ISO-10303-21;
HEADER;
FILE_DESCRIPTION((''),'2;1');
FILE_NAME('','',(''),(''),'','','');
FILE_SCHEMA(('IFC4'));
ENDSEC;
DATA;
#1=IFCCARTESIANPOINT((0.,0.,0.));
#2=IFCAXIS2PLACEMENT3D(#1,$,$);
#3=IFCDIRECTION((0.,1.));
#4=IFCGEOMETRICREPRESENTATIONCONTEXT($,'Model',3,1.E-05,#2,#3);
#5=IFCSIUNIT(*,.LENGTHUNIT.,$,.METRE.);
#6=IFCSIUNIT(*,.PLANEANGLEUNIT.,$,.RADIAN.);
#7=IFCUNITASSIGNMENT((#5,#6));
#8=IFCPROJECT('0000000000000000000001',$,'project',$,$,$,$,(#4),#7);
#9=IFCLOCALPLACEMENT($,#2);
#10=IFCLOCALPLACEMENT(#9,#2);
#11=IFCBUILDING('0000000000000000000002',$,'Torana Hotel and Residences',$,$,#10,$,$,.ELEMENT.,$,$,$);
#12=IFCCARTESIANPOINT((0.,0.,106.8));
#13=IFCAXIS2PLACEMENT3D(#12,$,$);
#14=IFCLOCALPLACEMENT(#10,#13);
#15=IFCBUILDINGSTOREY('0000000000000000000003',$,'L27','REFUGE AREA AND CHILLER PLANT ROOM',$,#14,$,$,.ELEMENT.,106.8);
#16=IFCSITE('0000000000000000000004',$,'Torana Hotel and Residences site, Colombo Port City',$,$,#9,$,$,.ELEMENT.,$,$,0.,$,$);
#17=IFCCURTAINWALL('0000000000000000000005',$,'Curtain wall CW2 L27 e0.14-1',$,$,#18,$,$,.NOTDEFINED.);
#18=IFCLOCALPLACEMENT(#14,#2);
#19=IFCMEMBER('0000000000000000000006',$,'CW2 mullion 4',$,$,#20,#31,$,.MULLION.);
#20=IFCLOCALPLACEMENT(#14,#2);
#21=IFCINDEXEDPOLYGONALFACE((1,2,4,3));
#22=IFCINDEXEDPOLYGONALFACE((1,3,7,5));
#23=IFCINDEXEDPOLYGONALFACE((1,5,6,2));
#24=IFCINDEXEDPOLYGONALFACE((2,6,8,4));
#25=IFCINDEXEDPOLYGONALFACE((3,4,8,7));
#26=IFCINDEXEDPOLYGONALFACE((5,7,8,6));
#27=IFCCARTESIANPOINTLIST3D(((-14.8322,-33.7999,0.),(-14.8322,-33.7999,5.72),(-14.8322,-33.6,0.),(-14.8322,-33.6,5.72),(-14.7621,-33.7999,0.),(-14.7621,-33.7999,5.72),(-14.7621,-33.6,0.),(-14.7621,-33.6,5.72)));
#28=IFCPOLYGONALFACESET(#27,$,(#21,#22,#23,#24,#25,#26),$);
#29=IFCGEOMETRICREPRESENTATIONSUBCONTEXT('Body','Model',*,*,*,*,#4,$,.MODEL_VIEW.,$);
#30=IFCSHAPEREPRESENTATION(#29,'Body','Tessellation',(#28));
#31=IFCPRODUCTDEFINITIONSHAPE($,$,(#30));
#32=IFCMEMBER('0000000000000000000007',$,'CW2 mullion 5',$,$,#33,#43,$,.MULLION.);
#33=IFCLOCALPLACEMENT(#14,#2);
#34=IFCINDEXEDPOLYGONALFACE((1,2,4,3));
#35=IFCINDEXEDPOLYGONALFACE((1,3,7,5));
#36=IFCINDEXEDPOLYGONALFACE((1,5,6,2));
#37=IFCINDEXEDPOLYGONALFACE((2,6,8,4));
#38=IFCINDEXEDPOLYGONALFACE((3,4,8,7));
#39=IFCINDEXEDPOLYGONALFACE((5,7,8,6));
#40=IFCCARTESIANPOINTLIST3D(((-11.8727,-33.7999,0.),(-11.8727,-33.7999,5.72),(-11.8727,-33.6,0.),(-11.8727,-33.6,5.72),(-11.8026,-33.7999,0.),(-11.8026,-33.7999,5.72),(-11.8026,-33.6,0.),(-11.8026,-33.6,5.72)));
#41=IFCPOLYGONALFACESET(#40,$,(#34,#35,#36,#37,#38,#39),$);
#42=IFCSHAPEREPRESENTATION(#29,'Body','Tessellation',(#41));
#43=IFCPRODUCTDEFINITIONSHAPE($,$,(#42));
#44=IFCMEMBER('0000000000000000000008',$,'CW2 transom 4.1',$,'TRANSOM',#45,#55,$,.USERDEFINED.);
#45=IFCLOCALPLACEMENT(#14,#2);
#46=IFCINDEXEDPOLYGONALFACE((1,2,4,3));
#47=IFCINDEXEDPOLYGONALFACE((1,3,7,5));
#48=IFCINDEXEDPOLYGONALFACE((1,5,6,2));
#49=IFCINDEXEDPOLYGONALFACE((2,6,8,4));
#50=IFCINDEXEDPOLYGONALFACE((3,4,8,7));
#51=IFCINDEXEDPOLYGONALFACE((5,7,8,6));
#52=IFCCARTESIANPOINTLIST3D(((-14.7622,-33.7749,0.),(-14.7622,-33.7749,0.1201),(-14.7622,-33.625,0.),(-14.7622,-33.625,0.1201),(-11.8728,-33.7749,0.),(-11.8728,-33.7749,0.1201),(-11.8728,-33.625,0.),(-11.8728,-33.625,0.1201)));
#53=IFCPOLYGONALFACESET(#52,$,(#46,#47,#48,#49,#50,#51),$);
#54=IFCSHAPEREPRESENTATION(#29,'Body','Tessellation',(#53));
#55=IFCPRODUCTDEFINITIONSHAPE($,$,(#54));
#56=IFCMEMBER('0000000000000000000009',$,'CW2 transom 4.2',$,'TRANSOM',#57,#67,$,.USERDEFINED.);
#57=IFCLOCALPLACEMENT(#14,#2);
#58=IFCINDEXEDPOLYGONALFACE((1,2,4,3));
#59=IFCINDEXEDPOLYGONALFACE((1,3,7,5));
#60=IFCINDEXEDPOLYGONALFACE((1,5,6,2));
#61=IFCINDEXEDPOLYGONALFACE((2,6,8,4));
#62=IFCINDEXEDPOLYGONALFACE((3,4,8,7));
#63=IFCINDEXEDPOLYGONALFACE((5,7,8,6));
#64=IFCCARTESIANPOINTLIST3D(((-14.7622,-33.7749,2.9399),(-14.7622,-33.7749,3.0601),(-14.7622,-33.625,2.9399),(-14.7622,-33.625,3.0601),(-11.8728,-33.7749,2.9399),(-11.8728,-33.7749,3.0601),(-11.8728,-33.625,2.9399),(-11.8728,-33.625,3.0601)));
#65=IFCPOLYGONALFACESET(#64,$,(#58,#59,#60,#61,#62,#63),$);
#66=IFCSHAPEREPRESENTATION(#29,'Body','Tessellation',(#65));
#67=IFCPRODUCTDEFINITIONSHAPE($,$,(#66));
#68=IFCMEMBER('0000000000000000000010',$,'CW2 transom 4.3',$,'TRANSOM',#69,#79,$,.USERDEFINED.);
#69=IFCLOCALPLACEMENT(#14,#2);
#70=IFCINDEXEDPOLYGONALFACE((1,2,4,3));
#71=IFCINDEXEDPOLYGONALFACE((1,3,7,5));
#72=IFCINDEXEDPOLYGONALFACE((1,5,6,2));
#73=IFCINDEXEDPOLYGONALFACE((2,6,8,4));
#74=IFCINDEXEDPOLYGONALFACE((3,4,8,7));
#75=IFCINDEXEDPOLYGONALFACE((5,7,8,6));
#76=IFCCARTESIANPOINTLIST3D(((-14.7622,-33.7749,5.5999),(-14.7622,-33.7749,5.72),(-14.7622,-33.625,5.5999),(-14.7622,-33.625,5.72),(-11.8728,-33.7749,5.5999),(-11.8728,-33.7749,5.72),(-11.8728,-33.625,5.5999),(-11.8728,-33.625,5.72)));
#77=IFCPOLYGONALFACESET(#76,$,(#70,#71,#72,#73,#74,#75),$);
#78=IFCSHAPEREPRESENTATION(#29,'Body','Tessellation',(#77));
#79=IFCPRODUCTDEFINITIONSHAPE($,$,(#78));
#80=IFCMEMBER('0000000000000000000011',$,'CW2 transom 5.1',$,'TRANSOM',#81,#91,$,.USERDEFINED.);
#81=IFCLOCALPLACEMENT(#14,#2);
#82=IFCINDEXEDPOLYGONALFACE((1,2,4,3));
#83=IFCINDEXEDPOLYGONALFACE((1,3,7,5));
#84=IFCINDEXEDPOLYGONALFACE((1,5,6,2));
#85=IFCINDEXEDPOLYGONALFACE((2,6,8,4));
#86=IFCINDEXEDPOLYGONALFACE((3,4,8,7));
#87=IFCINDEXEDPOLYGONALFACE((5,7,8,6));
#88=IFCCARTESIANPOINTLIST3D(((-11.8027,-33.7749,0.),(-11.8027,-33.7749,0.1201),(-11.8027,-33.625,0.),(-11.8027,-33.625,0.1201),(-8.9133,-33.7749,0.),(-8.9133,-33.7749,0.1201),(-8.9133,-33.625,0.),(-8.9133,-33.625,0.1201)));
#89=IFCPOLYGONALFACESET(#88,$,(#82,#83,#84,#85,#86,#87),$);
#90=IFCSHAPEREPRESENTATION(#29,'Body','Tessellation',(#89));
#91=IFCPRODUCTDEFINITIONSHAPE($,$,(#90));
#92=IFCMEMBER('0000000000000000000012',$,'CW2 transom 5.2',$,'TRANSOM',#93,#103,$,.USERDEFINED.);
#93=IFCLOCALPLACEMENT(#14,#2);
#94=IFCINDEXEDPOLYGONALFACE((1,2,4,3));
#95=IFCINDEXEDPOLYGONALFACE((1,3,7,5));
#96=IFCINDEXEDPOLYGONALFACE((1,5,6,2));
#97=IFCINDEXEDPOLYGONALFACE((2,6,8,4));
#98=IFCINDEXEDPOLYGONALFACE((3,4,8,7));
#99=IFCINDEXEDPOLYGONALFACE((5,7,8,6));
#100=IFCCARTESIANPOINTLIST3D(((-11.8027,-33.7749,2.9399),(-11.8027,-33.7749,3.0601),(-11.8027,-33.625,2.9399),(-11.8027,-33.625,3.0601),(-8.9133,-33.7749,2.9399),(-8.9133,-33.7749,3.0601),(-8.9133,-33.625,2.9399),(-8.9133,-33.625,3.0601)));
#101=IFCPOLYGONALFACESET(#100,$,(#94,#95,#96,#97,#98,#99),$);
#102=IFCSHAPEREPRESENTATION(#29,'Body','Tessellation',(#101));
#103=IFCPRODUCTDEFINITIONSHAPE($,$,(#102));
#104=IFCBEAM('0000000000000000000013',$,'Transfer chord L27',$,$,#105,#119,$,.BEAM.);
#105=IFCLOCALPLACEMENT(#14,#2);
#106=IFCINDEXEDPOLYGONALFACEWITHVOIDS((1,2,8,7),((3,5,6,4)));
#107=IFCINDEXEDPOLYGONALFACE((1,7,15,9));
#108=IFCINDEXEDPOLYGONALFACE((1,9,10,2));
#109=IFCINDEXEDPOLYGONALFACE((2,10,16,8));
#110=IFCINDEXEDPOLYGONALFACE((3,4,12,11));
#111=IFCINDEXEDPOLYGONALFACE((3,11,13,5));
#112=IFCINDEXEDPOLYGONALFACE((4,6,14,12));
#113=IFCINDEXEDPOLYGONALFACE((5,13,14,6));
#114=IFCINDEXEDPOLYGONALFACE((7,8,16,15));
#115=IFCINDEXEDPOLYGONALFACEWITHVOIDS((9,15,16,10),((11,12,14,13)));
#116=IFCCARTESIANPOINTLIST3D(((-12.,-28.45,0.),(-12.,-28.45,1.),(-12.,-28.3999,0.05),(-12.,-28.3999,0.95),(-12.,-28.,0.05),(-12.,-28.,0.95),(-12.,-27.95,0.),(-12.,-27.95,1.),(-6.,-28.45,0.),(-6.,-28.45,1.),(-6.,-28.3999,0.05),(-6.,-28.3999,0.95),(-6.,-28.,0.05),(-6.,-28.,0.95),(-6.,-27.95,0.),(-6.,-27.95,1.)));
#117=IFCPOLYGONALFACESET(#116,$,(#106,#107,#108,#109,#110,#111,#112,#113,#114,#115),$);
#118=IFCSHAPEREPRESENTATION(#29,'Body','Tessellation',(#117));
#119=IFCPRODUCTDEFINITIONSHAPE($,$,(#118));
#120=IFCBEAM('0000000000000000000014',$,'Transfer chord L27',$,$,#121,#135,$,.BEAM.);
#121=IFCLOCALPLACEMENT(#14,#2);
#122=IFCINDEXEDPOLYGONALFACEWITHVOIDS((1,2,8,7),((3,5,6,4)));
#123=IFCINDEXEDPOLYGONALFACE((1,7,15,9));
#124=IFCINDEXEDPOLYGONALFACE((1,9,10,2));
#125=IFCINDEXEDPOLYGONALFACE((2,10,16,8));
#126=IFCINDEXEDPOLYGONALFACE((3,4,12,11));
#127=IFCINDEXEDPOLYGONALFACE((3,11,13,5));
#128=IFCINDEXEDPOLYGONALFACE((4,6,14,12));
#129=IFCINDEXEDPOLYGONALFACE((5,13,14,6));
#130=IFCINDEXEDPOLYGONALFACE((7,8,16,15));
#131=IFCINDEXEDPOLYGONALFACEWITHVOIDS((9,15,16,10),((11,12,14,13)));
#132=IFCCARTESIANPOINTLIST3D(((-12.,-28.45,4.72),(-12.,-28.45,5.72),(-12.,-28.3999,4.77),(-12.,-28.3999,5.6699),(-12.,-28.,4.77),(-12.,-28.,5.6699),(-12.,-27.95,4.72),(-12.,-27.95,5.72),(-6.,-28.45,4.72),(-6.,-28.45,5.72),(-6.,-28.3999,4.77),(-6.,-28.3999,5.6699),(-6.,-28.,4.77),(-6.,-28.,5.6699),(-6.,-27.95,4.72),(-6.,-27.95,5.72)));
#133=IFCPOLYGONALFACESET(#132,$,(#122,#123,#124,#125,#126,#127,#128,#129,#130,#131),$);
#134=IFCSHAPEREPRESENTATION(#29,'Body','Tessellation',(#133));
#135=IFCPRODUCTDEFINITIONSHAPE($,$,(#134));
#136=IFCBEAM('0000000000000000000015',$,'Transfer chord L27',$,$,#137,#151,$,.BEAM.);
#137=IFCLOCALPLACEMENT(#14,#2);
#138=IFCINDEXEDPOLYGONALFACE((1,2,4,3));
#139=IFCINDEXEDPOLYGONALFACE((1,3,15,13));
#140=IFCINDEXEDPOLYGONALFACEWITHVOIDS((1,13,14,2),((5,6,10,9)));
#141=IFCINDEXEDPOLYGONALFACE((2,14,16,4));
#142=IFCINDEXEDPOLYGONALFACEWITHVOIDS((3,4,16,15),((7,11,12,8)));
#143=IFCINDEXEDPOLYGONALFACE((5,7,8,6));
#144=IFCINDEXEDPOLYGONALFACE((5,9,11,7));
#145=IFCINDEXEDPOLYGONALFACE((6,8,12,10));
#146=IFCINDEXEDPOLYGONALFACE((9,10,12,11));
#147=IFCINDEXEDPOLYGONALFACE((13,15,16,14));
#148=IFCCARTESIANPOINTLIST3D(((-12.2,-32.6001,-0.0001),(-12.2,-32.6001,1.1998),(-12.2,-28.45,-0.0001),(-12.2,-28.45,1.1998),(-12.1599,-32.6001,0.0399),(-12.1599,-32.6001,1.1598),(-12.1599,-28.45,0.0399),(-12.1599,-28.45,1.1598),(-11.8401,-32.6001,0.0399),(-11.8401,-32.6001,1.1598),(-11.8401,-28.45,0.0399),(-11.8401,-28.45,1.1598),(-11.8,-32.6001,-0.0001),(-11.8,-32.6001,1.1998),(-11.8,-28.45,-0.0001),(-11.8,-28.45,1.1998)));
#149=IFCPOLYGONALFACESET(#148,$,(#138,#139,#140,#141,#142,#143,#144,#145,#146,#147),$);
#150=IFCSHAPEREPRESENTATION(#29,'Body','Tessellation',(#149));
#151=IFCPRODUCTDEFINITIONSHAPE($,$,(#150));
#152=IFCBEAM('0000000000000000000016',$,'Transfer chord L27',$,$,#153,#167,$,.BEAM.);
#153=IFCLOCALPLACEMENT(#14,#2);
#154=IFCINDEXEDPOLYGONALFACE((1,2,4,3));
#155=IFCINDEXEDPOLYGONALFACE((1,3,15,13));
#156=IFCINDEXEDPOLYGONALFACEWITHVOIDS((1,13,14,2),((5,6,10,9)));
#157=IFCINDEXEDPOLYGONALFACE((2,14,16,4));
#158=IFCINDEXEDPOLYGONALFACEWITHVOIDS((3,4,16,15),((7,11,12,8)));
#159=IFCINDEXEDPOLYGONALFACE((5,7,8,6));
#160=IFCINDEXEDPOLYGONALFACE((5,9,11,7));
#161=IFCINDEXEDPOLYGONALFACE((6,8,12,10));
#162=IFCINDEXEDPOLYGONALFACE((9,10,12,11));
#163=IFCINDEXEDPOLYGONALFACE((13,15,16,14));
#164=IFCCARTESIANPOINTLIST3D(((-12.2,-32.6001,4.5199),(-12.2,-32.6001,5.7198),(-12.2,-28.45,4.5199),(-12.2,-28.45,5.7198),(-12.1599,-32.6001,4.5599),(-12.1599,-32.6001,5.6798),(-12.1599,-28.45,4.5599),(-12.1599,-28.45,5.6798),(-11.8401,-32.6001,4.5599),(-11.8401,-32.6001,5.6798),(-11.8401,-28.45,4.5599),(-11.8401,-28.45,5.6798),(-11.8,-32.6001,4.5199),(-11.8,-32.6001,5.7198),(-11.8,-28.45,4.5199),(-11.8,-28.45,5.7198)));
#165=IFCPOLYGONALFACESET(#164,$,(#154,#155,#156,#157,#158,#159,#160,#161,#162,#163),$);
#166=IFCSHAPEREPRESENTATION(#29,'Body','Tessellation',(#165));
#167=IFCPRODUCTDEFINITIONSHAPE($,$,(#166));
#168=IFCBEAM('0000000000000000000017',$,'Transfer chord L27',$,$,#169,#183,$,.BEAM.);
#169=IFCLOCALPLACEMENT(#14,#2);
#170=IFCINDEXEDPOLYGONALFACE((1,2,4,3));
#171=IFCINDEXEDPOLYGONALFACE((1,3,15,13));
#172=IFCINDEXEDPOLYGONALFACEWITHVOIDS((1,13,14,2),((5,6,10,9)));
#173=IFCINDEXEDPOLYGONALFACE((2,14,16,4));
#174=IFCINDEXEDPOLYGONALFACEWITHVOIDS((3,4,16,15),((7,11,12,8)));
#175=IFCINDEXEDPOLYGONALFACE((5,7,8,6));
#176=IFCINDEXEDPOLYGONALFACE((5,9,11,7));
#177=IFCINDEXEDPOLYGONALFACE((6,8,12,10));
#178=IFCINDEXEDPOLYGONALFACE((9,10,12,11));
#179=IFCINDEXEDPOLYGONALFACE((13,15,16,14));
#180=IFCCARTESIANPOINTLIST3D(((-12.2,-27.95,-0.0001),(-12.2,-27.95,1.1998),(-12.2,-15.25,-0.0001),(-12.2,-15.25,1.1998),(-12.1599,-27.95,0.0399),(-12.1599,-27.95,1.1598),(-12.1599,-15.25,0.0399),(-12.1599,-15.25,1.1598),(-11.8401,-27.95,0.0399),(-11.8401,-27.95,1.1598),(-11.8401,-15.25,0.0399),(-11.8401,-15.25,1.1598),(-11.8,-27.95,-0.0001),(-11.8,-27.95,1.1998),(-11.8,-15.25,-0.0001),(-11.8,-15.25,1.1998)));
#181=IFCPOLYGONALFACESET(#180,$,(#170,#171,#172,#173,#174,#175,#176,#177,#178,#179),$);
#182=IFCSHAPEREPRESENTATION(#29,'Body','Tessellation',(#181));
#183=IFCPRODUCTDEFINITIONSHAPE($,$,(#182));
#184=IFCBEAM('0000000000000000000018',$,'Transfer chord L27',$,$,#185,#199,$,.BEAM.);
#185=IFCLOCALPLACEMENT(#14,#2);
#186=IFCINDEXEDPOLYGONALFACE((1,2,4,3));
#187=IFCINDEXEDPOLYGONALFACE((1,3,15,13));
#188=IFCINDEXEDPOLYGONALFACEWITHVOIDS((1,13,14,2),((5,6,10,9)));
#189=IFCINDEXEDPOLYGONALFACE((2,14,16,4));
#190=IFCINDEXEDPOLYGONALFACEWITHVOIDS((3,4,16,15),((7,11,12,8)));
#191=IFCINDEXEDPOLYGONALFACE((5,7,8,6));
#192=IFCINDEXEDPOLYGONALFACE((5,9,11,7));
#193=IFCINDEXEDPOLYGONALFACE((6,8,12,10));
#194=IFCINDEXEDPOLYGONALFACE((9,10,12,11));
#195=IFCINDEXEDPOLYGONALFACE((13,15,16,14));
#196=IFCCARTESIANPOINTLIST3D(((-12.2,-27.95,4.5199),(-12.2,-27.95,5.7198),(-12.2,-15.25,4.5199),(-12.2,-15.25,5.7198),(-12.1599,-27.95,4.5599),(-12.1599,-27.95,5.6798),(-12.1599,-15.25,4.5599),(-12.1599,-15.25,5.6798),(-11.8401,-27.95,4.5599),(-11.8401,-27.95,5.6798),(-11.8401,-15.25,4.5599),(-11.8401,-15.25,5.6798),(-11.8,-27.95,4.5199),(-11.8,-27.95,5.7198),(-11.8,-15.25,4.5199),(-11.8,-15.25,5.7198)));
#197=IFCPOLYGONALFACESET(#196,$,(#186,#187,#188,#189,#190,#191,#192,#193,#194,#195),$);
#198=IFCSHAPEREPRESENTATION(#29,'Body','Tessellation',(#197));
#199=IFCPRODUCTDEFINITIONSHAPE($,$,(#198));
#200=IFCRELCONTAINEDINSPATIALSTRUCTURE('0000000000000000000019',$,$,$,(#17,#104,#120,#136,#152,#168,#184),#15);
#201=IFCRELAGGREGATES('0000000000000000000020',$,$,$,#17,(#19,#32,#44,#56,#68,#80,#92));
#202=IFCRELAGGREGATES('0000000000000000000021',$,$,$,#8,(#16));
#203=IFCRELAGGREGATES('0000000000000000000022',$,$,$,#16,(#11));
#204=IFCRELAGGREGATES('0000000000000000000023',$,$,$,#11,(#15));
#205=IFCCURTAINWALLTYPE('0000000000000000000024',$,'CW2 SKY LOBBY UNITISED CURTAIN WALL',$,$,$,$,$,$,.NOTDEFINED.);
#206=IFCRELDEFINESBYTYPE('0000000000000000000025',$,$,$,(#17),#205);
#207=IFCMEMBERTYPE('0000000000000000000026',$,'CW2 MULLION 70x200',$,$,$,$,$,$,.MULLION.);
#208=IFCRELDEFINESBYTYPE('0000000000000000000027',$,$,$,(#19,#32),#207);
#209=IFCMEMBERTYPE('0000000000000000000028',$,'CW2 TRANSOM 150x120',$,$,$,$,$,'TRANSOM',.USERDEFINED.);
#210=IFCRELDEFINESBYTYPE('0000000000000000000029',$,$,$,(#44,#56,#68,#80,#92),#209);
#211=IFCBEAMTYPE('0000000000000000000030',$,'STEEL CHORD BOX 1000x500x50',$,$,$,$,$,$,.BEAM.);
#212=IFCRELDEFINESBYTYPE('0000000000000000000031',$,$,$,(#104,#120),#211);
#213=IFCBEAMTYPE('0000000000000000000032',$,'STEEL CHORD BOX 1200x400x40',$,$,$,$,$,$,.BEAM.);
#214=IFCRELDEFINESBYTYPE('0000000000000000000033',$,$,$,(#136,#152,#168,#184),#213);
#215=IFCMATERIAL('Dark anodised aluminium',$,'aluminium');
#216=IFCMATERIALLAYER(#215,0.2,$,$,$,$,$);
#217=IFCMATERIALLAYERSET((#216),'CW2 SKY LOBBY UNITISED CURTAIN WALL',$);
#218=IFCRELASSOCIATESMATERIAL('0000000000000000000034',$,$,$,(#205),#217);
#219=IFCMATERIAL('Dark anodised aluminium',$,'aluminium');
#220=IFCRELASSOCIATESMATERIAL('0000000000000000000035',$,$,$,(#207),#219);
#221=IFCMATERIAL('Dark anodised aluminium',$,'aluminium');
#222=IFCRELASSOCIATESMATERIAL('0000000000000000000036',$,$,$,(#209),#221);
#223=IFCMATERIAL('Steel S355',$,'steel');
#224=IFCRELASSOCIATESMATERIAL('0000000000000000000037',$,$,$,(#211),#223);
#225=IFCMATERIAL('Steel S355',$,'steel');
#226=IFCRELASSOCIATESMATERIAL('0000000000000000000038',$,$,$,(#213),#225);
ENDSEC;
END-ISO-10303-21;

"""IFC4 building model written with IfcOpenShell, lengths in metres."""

from ifc_helpers import new_model, si_unit, direction, frame, origin, origin_2d, place, context, subcontext, project, spatial, rectangle, hollow_rectangle, extrude, material, layer, layer_set, material_profile, profile_set, type_object, element, aggregate, save


model = new_model("IFC4")

# Units and contexts
model_context = context("Model", 3, precision=1e-05, world=origin(), true_north=direction((0.0, 1.0)))
body_context = subcontext(model_context, "Body", "Model", "MODEL_VIEW")
ifc_project = project(units=[si_unit("LENGTHUNIT", "METRE"), si_unit("PLANEANGLEUNIT", "RADIAN")], contexts=[model_context])

# Site, building, storey
site_placement = place(None, origin())
site = spatial("IfcSite", under=ifc_project, at=site_placement, Name="Torana Hotel and Residences site, Colombo Port City", CompositionType="ELEMENT", RefElevation=0.0)
building_placement = place(site_placement, origin())
building = spatial("IfcBuilding", under=site, at=building_placement, Name="Torana Hotel and Residences", CompositionType="ELEMENT")
storey_placement = place(building_placement, frame((0.0, 0.0, 106.8)))
storey = spatial("IfcBuildingStorey", under=building, at=storey_placement, Name="L27", Description="REFUGE AREA AND CHILLER PLANT ROOM", CompositionType="ELEMENT", Elevation=106.8)

# Curtain wall, members
ifc_material_1 = material(Name="Dark anodised aluminium", Category="aluminium")
ifc_layer_1 = layer(ifc_material_1, 0.2)
ifc_layer_set_1 = layer_set([ifc_layer_1], Name="CW2 SKY LOBBY UNITISED CURTAIN WALL")
curtain_wall_type = type_object("IfcCurtainWallType", Name="CW2 SKY LOBBY UNITISED CURTAIN WALL", PredefinedType="NOTDEFINED", material=ifc_layer_set_1)
curtain_wall_placement = place(storey_placement, origin())
curtain_wall = element("IfcCurtainWall", 1, at=curtain_wall_placement, inside=storey, type_object=curtain_wall_type, Name="Curtain wall CW2 L27 e0.14-1", PredefinedType="NOTDEFINED")
ifc_material_2 = material(Name="Dark anodised aluminium", Category="aluminium")
ifc_material_profile_1 = material_profile(ifc_material_2, rectangle(XDim=0.2, YDim=0.0701, at=origin_2d()), Name="CW2 MULLION 70x200")
ifc_profile_set_1 = profile_set([ifc_material_profile_1], Name="Dark anodised aluminium")
member_type_1 = type_object("IfcMemberType", Name="CW2 MULLION 70x200", PredefinedType="MULLION", material=ifc_profile_set_1)
member_1_placement = place(storey_placement, frame((-14.7971, -33.7, 0.0), z_axis=(0.0, 0.0, 1.0), x_axis=(0.0, 1.0, 0.0)))
member_1 = element("IfcMember", 2, at=member_1_placement, type_object=member_type_1, Name="CW2 mullion 4", PredefinedType="MULLION", context=body_context, shape_type="SweptSolid", body=[
    extrude(rectangle(XDim=0.2, YDim=0.0701, at=origin_2d()), origin(), (0.0, 0.0, 1.0), 5.72),
])
member_2_placement = place(storey_placement, frame((-11.8376, -33.7, 0.0), z_axis=(0.0, 0.0, 1.0), x_axis=(0.0, 1.0, 0.0)))
member_2 = element("IfcMember", 3, at=member_2_placement, type_object=member_type_1, Name="CW2 mullion 5", PredefinedType="MULLION", context=body_context, shape_type="SweptSolid", body=[
    extrude(rectangle(XDim=0.2, YDim=0.0701, at=origin_2d()), origin(), (0.0, 0.0, 1.0), 5.72),
])
ifc_material_3 = material(Name="Dark anodised aluminium", Category="aluminium")
ifc_material_profile_2 = material_profile(ifc_material_3, rectangle(XDim=0.1499, YDim=0.1201, at=origin_2d()), Name="CW2 TRANSOM 150x120")
ifc_profile_set_2 = profile_set([ifc_material_profile_2], Name="Dark anodised aluminium")
member_type_2 = type_object("IfcMemberType", Name="CW2 TRANSOM 150x120", ElementType="TRANSOM", PredefinedType="USERDEFINED", material=ifc_profile_set_2)
member_3_placement = place(storey_placement, frame((-14.7622, -33.7, 0.0601), z_axis=(1.0, 0.0, 0.0), x_axis=(0.0, 1.0, 0.0)))
member_3 = element("IfcMember", 4, at=member_3_placement, type_object=member_type_2, Name="CW2 transom 4.1", ObjectType="TRANSOM", PredefinedType="USERDEFINED", context=body_context, shape_type="SweptSolid", body=[
    extrude(rectangle(XDim=0.1499, YDim=0.1201, at=origin_2d()), origin(), (0.0, 0.0, 1.0), 2.8894),
])
member_4_placement = place(storey_placement, frame((-14.7622, -33.7, 3.0), z_axis=(1.0, 0.0, 0.0), x_axis=(0.0, 1.0, 0.0)))
member_4 = element("IfcMember", 5, at=member_4_placement, type_object=member_type_2, Name="CW2 transom 4.2", ObjectType="TRANSOM", PredefinedType="USERDEFINED", context=body_context, shape_type="SweptSolid", body=[
    extrude(rectangle(XDim=0.1499, YDim=0.1201, at=origin_2d()), origin(), (0.0, 0.0, 1.0), 2.8894),
])
member_5_placement = place(storey_placement, frame((-14.7622, -33.7, 5.6599), z_axis=(1.0, 0.0, 0.0), x_axis=(0.0, 1.0, 0.0)))
member_5 = element("IfcMember", 6, at=member_5_placement, type_object=member_type_2, Name="CW2 transom 4.3", ObjectType="TRANSOM", PredefinedType="USERDEFINED", context=body_context, shape_type="SweptSolid", body=[
    extrude(rectangle(XDim=0.1499, YDim=0.1201, at=origin_2d()), origin(), (0.0, 0.0, 1.0), 2.8894),
])
member_6_placement = place(storey_placement, frame((-11.8027, -33.7, 0.0601), z_axis=(1.0, 0.0, 0.0), x_axis=(0.0, 1.0, 0.0)))
member_6 = element("IfcMember", 7, at=member_6_placement, type_object=member_type_2, Name="CW2 transom 5.1", ObjectType="TRANSOM", PredefinedType="USERDEFINED", context=body_context, shape_type="SweptSolid", body=[
    extrude(rectangle(XDim=0.1499, YDim=0.1201, at=origin_2d()), origin(), (0.0, 0.0, 1.0), 2.8894),
])
member_7_placement = place(storey_placement, frame((-11.8027, -33.7, 3.0), z_axis=(1.0, 0.0, 0.0), x_axis=(0.0, 1.0, 0.0)))
member_7 = element("IfcMember", 8, at=member_7_placement, type_object=member_type_2, Name="CW2 transom 5.2", ObjectType="TRANSOM", PredefinedType="USERDEFINED", context=body_context, shape_type="SweptSolid", body=[
    extrude(rectangle(XDim=0.1499, YDim=0.1201, at=origin_2d()), origin(), (0.0, 0.0, 1.0), 2.8894),
])

# Beams
ifc_material_4 = material(Name="Steel S355", Category="steel")
ifc_material_profile_3 = material_profile(ifc_material_4, hollow_rectangle(XDim=0.5, YDim=1.0, WallThickness=0.05, at=origin_2d()), Name="BOX 1000x500x50")
ifc_profile_set_3 = profile_set([ifc_material_profile_3], Name="Steel S355")
beam_type_1 = type_object("IfcBeamType", Name="STEEL CHORD BOX 1000x500x50", PredefinedType="BEAM", material=ifc_profile_set_3)
for number, where, z_axis, x_axis, name in (
    (9, (-12.0, -28.2, 0.5), (1.0, 0.0, 0.0), (0.0, 1.0, 0.0), "Transfer chord L27"),
    (10, (-12.0, -28.2, 5.22), (1.0, 0.0, 0.0), (0.0, 1.0, 0.0), "Transfer chord L27"),
):
    element("IfcBeam", number, at=place(storey_placement, frame(where, z_axis=z_axis, x_axis=x_axis)), inside=storey, type_object=beam_type_1, Name=name, PredefinedType="BEAM", context=body_context, shape_type="SweptSolid", body=[
        extrude(hollow_rectangle(XDim=0.5, YDim=1.0, WallThickness=0.05, at=origin_2d()), origin(), (0.0, 0.0, 1.0), 6.0),
    ])
ifc_material_5 = material(Name="Steel S355", Category="steel")
ifc_material_profile_4 = material_profile(ifc_material_5, hollow_rectangle(XDim=0.3999, YDim=1.2, WallThickness=0.04, at=origin_2d()), Name="BOX 1200x400x40")
ifc_profile_set_4 = profile_set([ifc_material_profile_4], Name="Steel S355")
beam_type_2 = type_object("IfcBeamType", Name="STEEL CHORD BOX 1200x400x40", PredefinedType="BEAM", material=ifc_profile_set_4)
for number, where, z_axis, x_axis, name in (
    (11, (-12.0, -32.6001, 0.5999), (0.0, 1.0, 0.0), (-1.0, 0.0, 0.0), "Transfer chord L27"),
    (12, (-12.0, -32.6001, 5.1199), (0.0, 1.0, 0.0), (-1.0, 0.0, 0.0), "Transfer chord L27"),
):
    element("IfcBeam", number, at=place(storey_placement, frame(where, z_axis=z_axis, x_axis=x_axis)), inside=storey, type_object=beam_type_2, Name=name, PredefinedType="BEAM", context=body_context, shape_type="SweptSolid", body=[
        extrude(hollow_rectangle(XDim=0.3999, YDim=1.2, WallThickness=0.04, at=origin_2d()), origin(), (0.0, 0.0, 1.0), 4.1501),
    ])
for number, where, z_axis, x_axis, name in (
    (13, (-12.0, -27.95, 0.5999), (0.0, 1.0, 0.0), (-1.0, 0.0, 0.0), "Transfer chord L27"),
    (14, (-12.0, -27.95, 5.1199), (0.0, 1.0, 0.0), (-1.0, 0.0, 0.0), "Transfer chord L27"),
):
    element("IfcBeam", number, at=place(storey_placement, frame(where, z_axis=z_axis, x_axis=x_axis)), inside=storey, type_object=beam_type_2, Name=name, PredefinedType="BEAM", context=body_context, shape_type="SweptSolid", body=[
        extrude(hollow_rectangle(XDim=0.3999, YDim=1.2, WallThickness=0.04, at=origin_2d()), origin(), (0.0, 0.0, 1.0), 12.7),
    ])

aggregate(curtain_wall, [member_1, member_2, member_3, member_4, member_5, member_6, member_7])

save(model, "model.ifc")
